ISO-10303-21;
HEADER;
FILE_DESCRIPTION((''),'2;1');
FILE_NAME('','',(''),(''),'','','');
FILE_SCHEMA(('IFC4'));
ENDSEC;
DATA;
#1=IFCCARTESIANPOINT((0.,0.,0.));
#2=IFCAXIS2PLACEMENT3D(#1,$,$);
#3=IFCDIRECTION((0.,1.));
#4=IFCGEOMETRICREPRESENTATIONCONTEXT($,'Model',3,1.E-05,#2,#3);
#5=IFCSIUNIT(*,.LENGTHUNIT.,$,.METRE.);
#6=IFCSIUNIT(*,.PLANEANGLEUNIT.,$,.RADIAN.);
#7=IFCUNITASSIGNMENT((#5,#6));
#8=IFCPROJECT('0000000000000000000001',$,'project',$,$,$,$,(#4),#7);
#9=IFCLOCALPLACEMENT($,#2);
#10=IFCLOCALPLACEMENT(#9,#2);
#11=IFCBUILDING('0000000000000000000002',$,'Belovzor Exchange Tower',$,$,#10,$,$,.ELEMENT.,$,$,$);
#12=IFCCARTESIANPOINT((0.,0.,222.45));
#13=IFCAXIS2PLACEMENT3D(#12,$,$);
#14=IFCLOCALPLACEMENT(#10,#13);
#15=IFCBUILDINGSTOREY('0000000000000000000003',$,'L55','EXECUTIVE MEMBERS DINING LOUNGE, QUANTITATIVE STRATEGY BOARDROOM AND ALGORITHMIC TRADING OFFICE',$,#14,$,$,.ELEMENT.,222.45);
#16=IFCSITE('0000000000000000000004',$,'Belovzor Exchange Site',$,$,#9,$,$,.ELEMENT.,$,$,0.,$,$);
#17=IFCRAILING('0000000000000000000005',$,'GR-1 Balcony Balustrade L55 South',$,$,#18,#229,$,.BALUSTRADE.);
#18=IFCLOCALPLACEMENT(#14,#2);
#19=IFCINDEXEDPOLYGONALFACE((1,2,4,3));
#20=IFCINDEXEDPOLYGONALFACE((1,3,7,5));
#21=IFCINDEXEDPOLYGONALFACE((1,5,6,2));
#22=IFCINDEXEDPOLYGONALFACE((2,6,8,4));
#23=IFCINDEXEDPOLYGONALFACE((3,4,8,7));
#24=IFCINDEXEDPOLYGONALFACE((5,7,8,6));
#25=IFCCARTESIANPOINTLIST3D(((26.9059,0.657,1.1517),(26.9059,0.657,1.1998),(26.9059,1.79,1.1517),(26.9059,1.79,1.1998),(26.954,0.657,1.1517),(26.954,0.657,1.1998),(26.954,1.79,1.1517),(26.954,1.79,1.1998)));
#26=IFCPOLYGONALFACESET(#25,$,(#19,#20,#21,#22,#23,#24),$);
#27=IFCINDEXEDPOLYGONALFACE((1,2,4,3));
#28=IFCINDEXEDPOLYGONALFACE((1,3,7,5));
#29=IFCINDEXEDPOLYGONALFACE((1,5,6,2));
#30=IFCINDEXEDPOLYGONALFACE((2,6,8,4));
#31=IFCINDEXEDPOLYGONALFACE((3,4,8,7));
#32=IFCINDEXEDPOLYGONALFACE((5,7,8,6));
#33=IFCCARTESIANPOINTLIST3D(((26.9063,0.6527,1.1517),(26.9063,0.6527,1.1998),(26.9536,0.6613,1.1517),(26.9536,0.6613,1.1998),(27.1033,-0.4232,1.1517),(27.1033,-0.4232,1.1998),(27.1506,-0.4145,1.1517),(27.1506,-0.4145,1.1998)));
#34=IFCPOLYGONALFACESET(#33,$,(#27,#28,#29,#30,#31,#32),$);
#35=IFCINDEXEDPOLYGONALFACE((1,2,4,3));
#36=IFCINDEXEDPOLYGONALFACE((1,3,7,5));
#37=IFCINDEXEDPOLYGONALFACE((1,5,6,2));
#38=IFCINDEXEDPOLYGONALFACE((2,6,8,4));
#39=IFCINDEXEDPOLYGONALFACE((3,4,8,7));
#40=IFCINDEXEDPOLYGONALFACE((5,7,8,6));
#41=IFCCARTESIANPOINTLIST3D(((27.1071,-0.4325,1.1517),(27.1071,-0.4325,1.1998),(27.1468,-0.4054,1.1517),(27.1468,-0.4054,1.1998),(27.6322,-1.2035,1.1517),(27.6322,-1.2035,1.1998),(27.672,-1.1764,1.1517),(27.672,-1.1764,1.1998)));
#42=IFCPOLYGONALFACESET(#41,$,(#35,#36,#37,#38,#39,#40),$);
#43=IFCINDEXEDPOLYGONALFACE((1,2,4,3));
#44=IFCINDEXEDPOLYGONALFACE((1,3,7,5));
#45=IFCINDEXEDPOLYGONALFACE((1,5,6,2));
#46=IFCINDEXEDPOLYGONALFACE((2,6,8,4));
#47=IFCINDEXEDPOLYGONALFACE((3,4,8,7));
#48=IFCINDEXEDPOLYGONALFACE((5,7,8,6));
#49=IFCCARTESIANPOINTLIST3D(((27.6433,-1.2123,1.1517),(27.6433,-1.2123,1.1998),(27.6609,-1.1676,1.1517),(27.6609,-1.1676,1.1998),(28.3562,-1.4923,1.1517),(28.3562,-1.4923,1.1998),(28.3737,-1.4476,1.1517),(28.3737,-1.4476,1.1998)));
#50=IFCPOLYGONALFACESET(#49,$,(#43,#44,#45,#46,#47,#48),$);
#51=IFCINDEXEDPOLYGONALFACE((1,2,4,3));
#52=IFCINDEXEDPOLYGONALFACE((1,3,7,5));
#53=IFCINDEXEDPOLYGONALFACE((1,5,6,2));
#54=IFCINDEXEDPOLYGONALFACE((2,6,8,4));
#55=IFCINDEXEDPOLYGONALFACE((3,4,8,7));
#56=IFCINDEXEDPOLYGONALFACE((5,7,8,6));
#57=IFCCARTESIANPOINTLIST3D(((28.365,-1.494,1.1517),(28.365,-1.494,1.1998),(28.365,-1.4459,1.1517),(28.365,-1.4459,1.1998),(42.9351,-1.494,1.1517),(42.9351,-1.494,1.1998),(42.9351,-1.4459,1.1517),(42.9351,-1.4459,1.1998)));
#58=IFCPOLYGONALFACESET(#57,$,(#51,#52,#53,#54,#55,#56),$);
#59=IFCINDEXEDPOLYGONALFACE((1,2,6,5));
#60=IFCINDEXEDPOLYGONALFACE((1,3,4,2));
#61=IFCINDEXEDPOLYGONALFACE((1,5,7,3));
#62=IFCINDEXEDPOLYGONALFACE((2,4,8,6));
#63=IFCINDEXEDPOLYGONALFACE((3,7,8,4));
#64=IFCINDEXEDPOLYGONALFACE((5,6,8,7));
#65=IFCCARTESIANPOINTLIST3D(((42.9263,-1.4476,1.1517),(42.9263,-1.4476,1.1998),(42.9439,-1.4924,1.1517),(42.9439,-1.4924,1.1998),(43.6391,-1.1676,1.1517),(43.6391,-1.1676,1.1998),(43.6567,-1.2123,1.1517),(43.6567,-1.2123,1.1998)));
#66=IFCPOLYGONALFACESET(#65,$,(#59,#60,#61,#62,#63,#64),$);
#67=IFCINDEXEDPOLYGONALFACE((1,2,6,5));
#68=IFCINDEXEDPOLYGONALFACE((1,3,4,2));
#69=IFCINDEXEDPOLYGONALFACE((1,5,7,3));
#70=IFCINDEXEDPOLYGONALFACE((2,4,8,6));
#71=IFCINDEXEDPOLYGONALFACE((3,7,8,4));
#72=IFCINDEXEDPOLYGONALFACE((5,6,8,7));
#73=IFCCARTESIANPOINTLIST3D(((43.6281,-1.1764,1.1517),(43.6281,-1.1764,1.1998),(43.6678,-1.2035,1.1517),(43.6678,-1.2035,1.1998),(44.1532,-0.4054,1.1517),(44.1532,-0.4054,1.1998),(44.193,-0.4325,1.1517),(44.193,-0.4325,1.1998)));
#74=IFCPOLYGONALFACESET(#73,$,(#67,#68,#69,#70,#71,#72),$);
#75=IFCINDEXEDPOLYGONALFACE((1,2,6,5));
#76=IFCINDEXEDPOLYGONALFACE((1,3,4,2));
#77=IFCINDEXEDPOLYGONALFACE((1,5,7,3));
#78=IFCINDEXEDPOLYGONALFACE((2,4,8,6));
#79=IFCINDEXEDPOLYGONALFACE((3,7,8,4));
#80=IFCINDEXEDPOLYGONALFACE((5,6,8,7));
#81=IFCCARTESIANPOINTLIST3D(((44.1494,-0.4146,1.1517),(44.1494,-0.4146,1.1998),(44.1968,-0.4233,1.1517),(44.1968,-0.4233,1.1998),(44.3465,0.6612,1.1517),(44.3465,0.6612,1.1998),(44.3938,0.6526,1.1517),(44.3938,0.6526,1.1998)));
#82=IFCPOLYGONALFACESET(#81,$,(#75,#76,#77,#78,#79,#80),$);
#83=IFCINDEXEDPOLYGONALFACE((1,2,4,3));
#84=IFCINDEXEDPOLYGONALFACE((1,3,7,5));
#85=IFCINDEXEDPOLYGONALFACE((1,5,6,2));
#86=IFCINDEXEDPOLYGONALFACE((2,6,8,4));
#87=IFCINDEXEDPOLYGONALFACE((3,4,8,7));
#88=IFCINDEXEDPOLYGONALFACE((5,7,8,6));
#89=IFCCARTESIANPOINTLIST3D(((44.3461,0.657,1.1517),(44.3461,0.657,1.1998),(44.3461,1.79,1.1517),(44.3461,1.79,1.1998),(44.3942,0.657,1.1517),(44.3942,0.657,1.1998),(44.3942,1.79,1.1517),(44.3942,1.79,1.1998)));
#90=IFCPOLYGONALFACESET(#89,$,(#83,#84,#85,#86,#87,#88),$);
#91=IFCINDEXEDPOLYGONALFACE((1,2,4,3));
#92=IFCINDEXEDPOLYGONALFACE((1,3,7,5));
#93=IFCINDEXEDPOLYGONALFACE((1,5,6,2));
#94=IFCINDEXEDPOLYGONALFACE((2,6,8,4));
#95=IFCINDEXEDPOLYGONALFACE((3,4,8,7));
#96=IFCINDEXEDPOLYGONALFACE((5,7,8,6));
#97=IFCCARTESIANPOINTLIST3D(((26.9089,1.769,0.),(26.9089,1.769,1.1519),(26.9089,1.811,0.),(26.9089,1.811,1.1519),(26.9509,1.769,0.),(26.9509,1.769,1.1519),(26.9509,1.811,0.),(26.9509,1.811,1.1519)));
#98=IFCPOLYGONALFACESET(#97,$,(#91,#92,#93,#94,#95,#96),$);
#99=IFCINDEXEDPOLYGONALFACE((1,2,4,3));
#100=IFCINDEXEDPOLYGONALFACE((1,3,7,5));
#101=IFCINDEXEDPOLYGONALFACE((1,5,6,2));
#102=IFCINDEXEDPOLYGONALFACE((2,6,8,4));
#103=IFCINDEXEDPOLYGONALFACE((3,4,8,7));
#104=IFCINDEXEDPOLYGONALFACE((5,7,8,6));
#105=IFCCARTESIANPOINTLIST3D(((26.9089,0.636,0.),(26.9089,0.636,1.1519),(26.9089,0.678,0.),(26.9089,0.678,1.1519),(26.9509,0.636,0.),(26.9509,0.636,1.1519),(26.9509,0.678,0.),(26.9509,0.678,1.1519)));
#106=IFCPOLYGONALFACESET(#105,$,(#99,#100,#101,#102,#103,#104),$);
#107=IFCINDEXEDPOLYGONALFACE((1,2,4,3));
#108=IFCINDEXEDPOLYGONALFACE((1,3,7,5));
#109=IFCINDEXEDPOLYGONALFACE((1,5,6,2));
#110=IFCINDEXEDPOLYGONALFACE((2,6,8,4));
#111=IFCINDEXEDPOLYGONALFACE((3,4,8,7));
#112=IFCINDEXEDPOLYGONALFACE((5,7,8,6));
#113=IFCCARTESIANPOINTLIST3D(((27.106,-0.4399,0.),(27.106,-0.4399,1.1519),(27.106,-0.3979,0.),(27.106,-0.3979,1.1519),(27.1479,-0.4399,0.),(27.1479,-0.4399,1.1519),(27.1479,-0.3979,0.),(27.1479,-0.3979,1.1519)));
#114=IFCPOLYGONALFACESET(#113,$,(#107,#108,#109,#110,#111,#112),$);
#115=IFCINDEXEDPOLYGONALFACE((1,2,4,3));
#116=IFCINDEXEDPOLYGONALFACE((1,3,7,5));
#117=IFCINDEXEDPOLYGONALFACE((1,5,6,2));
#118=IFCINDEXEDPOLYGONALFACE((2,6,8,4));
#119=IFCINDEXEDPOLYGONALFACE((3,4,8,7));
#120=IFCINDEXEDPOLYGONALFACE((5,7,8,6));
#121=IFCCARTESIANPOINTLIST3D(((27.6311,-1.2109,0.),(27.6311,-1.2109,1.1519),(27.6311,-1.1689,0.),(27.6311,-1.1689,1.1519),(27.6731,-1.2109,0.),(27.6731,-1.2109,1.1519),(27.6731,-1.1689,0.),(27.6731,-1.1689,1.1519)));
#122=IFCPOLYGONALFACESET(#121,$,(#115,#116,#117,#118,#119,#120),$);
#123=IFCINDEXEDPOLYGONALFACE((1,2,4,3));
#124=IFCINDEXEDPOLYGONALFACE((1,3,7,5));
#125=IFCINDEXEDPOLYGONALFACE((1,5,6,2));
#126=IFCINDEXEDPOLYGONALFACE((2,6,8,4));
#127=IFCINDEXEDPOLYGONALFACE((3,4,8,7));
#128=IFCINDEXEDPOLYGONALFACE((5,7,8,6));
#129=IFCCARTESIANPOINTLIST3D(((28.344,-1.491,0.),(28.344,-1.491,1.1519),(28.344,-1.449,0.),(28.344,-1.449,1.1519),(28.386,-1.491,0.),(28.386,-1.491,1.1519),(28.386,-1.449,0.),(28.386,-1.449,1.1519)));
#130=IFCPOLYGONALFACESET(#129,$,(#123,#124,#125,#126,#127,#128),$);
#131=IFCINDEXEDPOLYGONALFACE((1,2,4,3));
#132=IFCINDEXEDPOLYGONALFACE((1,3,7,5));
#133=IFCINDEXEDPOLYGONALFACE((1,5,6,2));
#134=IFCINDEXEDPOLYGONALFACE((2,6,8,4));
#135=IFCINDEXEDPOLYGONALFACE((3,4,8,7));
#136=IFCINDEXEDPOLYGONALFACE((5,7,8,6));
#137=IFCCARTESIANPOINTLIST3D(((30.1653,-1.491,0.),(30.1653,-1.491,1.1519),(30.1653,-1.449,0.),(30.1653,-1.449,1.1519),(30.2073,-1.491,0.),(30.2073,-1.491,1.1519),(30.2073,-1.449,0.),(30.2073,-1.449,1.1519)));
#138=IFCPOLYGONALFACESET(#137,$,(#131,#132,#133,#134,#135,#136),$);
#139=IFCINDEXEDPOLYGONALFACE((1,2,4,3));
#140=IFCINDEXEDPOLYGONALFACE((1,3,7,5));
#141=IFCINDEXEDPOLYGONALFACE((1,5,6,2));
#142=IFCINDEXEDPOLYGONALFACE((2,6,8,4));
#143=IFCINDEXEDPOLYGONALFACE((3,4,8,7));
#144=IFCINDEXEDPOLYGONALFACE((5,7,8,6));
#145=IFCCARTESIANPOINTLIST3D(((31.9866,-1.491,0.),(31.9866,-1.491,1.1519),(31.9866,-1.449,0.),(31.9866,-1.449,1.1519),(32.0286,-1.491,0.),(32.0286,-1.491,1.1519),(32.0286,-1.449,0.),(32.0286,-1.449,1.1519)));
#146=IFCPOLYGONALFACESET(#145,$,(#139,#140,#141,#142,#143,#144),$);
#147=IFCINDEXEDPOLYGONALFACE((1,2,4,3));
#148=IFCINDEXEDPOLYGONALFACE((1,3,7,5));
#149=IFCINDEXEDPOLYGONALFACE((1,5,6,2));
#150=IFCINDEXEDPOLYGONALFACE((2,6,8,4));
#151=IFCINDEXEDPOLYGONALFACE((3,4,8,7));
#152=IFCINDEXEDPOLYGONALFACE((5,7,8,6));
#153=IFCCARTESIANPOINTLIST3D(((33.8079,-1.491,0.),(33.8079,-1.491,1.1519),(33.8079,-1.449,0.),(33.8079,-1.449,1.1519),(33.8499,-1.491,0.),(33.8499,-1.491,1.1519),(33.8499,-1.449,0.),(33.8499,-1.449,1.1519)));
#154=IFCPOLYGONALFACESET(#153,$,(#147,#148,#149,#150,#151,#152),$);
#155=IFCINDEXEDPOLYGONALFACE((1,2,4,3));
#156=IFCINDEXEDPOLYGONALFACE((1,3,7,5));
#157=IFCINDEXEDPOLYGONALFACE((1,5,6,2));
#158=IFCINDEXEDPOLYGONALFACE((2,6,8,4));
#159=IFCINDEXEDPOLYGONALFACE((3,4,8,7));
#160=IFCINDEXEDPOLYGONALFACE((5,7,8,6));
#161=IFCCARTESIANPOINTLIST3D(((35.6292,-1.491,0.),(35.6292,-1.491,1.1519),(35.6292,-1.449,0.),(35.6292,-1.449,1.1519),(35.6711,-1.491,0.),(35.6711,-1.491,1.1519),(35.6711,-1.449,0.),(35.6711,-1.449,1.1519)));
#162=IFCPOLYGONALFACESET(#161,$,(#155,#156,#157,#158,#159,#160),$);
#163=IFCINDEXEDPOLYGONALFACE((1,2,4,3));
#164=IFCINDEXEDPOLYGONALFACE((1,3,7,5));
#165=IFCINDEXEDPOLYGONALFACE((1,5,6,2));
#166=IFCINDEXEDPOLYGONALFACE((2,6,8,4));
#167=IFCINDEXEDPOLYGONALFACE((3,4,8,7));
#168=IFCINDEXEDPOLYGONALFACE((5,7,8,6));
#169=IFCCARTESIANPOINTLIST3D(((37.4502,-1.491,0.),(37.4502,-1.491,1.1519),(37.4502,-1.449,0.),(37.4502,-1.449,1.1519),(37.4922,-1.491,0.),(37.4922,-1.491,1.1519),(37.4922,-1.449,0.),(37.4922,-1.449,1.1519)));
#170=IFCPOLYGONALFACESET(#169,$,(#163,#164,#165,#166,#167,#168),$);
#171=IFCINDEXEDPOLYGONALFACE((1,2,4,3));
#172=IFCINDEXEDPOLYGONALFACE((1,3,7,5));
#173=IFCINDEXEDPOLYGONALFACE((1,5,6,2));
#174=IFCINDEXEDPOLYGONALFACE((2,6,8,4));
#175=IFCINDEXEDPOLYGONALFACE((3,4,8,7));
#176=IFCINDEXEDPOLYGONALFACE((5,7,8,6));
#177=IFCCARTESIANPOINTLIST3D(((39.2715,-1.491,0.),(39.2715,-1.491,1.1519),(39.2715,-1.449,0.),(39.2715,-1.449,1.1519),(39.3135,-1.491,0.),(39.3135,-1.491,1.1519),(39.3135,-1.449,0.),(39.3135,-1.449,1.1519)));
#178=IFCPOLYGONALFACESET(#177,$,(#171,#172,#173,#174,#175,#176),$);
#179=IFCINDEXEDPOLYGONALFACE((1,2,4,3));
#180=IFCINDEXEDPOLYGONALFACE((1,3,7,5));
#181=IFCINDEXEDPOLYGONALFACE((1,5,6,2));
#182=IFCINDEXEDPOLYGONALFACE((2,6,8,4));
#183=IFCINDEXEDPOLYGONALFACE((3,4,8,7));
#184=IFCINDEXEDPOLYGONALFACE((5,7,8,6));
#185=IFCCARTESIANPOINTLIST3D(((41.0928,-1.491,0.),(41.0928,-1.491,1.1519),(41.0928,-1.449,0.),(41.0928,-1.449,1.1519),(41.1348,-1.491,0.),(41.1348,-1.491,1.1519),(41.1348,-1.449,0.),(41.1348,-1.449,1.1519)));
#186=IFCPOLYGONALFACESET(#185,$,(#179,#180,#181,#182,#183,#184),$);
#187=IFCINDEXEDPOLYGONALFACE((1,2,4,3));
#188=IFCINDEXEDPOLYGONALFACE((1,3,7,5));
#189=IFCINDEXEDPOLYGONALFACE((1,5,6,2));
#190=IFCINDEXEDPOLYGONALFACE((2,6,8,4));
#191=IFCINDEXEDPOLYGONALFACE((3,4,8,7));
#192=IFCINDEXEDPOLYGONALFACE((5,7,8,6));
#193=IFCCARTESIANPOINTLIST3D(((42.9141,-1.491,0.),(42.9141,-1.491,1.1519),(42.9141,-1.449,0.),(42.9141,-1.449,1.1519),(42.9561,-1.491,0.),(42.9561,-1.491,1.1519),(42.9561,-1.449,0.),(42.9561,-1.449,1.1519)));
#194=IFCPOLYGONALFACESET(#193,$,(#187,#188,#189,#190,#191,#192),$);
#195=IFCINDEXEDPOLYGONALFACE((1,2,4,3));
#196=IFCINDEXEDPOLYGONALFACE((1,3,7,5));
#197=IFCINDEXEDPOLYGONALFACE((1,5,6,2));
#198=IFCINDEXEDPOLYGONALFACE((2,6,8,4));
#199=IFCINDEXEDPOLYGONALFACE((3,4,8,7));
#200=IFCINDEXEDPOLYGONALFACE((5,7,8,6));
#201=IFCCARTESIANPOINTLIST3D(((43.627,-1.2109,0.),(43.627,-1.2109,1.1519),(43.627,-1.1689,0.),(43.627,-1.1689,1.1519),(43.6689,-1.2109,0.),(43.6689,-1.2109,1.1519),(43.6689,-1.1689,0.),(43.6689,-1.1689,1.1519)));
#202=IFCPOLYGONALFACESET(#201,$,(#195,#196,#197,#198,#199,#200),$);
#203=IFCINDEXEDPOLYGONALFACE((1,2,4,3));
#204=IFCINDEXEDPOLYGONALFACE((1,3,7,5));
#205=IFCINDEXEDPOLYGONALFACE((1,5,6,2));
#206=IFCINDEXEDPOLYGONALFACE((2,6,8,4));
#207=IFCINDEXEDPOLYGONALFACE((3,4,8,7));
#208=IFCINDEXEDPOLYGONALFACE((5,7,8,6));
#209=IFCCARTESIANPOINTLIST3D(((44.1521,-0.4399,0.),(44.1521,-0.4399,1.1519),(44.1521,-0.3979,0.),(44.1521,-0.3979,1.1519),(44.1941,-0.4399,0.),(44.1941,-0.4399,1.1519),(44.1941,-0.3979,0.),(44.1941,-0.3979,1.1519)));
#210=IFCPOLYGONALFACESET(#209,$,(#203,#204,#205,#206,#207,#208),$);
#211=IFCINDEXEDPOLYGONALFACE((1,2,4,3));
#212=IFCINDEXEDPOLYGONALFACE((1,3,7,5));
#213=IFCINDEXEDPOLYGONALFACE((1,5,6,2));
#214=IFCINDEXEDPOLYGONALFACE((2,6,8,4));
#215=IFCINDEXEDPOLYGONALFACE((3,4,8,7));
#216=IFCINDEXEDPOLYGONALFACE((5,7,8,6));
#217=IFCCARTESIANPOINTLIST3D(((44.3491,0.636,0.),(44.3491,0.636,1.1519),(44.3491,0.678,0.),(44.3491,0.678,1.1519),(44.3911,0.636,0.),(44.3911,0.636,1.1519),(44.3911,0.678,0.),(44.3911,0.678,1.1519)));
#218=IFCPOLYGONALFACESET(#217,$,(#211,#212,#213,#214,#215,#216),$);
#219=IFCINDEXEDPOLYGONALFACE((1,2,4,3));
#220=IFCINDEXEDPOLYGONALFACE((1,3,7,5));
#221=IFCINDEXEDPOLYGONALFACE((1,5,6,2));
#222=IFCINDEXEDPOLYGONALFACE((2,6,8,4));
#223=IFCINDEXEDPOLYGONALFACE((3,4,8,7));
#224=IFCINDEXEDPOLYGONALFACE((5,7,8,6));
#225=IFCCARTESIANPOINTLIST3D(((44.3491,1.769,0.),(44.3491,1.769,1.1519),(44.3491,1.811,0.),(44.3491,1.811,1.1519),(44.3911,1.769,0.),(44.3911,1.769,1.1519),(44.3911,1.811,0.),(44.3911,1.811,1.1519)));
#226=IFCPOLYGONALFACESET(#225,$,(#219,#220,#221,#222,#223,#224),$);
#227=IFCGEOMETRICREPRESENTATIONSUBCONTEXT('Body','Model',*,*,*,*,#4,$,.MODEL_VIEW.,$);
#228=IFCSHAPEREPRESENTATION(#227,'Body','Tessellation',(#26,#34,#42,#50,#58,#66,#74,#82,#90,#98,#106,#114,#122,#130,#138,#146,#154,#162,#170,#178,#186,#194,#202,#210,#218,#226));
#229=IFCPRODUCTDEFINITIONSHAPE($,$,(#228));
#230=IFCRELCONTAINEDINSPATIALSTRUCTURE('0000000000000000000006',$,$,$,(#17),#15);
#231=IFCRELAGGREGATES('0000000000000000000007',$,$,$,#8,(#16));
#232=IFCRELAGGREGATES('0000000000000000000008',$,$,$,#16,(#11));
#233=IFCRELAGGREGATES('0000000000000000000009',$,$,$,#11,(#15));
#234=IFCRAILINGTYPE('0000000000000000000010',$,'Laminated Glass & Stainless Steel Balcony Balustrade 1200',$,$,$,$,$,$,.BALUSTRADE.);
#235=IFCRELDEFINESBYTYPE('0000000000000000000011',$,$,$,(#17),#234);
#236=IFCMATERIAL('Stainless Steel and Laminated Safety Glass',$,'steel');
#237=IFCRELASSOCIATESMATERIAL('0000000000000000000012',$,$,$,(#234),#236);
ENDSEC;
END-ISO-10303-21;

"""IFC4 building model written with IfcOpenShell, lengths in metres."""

from ifc_helpers import new_model, si_unit, direction, frame, origin, origin_2d, place, context, subcontext, project, spatial, rectangle, extrude, material, type_object, element, save


model = new_model("IFC4")

# Units and contexts
model_context = context("Model", 3, precision=1e-05, world=origin(), true_north=direction((0.0, 1.0)))
body_context = subcontext(model_context, "Body", "Model", "MODEL_VIEW")
ifc_project = project(units=[si_unit("LENGTHUNIT", "METRE"), si_unit("PLANEANGLEUNIT", "RADIAN")], contexts=[model_context])

# Site, building, storey
site_placement = place(None, origin())
site = spatial("IfcSite", under=ifc_project, at=site_placement, Name="Belovzor Exchange Site", CompositionType="ELEMENT", RefElevation=0.0)
building_placement = place(site_placement, origin())
building = spatial("IfcBuilding", under=site, at=building_placement, Name="Belovzor Exchange Tower", CompositionType="ELEMENT")
storey_placement = place(building_placement, frame((0.0, 0.0, 222.45)))
storey = spatial("IfcBuildingStorey", under=building, at=storey_placement, Name="L55", Description="EXECUTIVE MEMBERS DINING LOUNGE, QUANTITATIVE STRATEGY BOARDROOM AND ALGORITHMIC TRADING OFFICE", CompositionType="ELEMENT", Elevation=222.45)

# Railing
ifc_material_1 = material(Name="Stainless Steel and Laminated Safety Glass", Category="steel")
railing_type = type_object("IfcRailingType", Name="Laminated Glass & Stainless Steel Balcony Balustrade 1200", PredefinedType="BALUSTRADE", material=ifc_material_1)
railing_placement = place(storey_placement, frame((26.9299, 1.79, 0.0)))
element("IfcRailing", 1, at=railing_placement, inside=storey, type_object=railing_type, Name="GR-1 Balcony Balustrade L55 South", PredefinedType="BALUSTRADE", context=body_context, shape_type="SweptSolid", body=[
    extrude(rectangle(XDim=0.0481, YDim=0.0481, at=origin_2d()), frame((0.0, 0.0, 1.1758), z_axis=(0.0, -1.0, 0.0), x_axis=(1.0, 0.0, 0.0)), (0.0, 0.0, 1.0), 1.1331),
    extrude(rectangle(XDim=0.0481, YDim=0.0481, at=origin_2d()), frame((0.0, -1.1331, 1.1758), z_axis=(0.180123, -0.983644, 0.0), x_axis=(0.983644, 0.180123, 0.0)), (0.0, 0.0, 1.0), 1.0938),
    extrude(rectangle(XDim=0.0481, YDim=0.0481, at=origin_2d()), frame((0.197, -2.209, 1.1758), z_axis=(0.562947, -0.826493, 0.0), x_axis=(0.826493, 0.562947, 0.0)), (0.0, 0.0, 1.0), 0.9329),
    extrude(rectangle(XDim=0.0481, YDim=0.0481, at=origin_2d()), frame((0.7222, -2.98, 1.1758), z_axis=(0.930767, -0.365613, 0.0), x_axis=(0.365613, 0.930767, 0.0)), (0.0, 0.0, 1.0), 0.7659),
    extrude(rectangle(XDim=0.0481, YDim=0.0481, at=origin_2d()), frame((1.4351, -3.26, 1.1758), z_axis=(1.0, 0.0, 0.0), x_axis=(0.0, 1.0, 0.0)), (0.0, 0.0, 1.0), 14.5701),
    extrude(rectangle(XDim=0.0481, YDim=0.0481, at=origin_2d()), frame((16.0051, -3.26, 1.1758), z_axis=(0.930767, 0.365613, 0.0), x_axis=(-0.365613, 0.930767, 0.0)), (0.0, 0.0, 1.0), 0.7659),
    extrude(rectangle(XDim=0.0481, YDim=0.0481, at=origin_2d()), frame((16.718, -2.98, 1.1758), z_axis=(0.562947, 0.826493, 0.0), x_axis=(-0.826493, 0.562947, 0.0)), (0.0, 0.0, 1.0), 0.9329),
    extrude(rectangle(XDim=0.0481, YDim=0.0481, at=origin_2d()), frame((17.2432, -2.209, 1.1758), z_axis=(0.180123, 0.983644, 0.0), x_axis=(-0.983644, 0.180123, 0.0)), (0.0, 0.0, 1.0), 1.0938),
    extrude(rectangle(XDim=0.0481, YDim=0.0481, at=origin_2d()), frame((17.4402, -1.1331, 1.1758), z_axis=(0.0, 1.0, 0.0), x_axis=(-1.0, 0.0, 0.0)), (0.0, 0.0, 1.0), 1.1331),
    extrude(rectangle(XDim=0.042, YDim=0.042, at=origin_2d()), origin(), (0.0, 0.0, 1.0), 1.1519),
    extrude(rectangle(XDim=0.042, YDim=0.042, at=origin_2d()), frame((0.0, -1.1331, 0.0)), (0.0, 0.0, 1.0), 1.1519),
    extrude(rectangle(XDim=0.042, YDim=0.042, at=origin_2d()), frame((0.197, -2.209, 0.0)), (0.0, 0.0, 1.0), 1.1519),
    extrude(rectangle(XDim=0.042, YDim=0.042, at=origin_2d()), frame((0.7222, -2.98, 0.0)), (0.0, 0.0, 1.0), 1.1519),
    extrude(rectangle(XDim=0.042, YDim=0.042, at=origin_2d()), frame((1.4351, -3.26, 0.0)), (0.0, 0.0, 1.0), 1.1519),
    extrude(rectangle(XDim=0.042, YDim=0.042, at=origin_2d()), frame((3.2563, -3.26, 0.0)), (0.0, 0.0, 1.0), 1.1519),
    extrude(rectangle(XDim=0.042, YDim=0.042, at=origin_2d()), frame((5.0776, -3.26, 0.0)), (0.0, 0.0, 1.0), 1.1519),
    extrude(rectangle(XDim=0.042, YDim=0.042, at=origin_2d()), frame((6.8989, -3.26, 0.0)), (0.0, 0.0, 1.0), 1.1519),
    extrude(rectangle(XDim=0.042, YDim=0.042, at=origin_2d()), frame((8.7202, -3.26, 0.0)), (0.0, 0.0, 1.0), 1.1519),
    extrude(rectangle(XDim=0.042, YDim=0.042, at=origin_2d()), frame((10.5413, -3.26, 0.0)), (0.0, 0.0, 1.0), 1.1519),
    extrude(rectangle(XDim=0.042, YDim=0.042, at=origin_2d()), frame((12.3625, -3.26, 0.0)), (0.0, 0.0, 1.0), 1.1519),
    extrude(rectangle(XDim=0.042, YDim=0.042, at=origin_2d()), frame((14.1838, -3.26, 0.0)), (0.0, 0.0, 1.0), 1.1519),
    extrude(rectangle(XDim=0.042, YDim=0.042, at=origin_2d()), frame((16.0051, -3.26, 0.0)), (0.0, 0.0, 1.0), 1.1519),
    extrude(rectangle(XDim=0.042, YDim=0.042, at=origin_2d()), frame((16.718, -2.98, 0.0)), (0.0, 0.0, 1.0), 1.1519),
    extrude(rectangle(XDim=0.042, YDim=0.042, at=origin_2d()), frame((17.2432, -2.209, 0.0)), (0.0, 0.0, 1.0), 1.1519),
    extrude(rectangle(XDim=0.042, YDim=0.042, at=origin_2d()), frame((17.4402, -1.1331, 0.0)), (0.0, 0.0, 1.0), 1.1519),
    extrude(rectangle(XDim=0.042, YDim=0.042, at=origin_2d()), frame((17.4402, 0.0, 0.0)), (0.0, 0.0, 1.0), 1.1519),
])

save(model, "model.ifc")
